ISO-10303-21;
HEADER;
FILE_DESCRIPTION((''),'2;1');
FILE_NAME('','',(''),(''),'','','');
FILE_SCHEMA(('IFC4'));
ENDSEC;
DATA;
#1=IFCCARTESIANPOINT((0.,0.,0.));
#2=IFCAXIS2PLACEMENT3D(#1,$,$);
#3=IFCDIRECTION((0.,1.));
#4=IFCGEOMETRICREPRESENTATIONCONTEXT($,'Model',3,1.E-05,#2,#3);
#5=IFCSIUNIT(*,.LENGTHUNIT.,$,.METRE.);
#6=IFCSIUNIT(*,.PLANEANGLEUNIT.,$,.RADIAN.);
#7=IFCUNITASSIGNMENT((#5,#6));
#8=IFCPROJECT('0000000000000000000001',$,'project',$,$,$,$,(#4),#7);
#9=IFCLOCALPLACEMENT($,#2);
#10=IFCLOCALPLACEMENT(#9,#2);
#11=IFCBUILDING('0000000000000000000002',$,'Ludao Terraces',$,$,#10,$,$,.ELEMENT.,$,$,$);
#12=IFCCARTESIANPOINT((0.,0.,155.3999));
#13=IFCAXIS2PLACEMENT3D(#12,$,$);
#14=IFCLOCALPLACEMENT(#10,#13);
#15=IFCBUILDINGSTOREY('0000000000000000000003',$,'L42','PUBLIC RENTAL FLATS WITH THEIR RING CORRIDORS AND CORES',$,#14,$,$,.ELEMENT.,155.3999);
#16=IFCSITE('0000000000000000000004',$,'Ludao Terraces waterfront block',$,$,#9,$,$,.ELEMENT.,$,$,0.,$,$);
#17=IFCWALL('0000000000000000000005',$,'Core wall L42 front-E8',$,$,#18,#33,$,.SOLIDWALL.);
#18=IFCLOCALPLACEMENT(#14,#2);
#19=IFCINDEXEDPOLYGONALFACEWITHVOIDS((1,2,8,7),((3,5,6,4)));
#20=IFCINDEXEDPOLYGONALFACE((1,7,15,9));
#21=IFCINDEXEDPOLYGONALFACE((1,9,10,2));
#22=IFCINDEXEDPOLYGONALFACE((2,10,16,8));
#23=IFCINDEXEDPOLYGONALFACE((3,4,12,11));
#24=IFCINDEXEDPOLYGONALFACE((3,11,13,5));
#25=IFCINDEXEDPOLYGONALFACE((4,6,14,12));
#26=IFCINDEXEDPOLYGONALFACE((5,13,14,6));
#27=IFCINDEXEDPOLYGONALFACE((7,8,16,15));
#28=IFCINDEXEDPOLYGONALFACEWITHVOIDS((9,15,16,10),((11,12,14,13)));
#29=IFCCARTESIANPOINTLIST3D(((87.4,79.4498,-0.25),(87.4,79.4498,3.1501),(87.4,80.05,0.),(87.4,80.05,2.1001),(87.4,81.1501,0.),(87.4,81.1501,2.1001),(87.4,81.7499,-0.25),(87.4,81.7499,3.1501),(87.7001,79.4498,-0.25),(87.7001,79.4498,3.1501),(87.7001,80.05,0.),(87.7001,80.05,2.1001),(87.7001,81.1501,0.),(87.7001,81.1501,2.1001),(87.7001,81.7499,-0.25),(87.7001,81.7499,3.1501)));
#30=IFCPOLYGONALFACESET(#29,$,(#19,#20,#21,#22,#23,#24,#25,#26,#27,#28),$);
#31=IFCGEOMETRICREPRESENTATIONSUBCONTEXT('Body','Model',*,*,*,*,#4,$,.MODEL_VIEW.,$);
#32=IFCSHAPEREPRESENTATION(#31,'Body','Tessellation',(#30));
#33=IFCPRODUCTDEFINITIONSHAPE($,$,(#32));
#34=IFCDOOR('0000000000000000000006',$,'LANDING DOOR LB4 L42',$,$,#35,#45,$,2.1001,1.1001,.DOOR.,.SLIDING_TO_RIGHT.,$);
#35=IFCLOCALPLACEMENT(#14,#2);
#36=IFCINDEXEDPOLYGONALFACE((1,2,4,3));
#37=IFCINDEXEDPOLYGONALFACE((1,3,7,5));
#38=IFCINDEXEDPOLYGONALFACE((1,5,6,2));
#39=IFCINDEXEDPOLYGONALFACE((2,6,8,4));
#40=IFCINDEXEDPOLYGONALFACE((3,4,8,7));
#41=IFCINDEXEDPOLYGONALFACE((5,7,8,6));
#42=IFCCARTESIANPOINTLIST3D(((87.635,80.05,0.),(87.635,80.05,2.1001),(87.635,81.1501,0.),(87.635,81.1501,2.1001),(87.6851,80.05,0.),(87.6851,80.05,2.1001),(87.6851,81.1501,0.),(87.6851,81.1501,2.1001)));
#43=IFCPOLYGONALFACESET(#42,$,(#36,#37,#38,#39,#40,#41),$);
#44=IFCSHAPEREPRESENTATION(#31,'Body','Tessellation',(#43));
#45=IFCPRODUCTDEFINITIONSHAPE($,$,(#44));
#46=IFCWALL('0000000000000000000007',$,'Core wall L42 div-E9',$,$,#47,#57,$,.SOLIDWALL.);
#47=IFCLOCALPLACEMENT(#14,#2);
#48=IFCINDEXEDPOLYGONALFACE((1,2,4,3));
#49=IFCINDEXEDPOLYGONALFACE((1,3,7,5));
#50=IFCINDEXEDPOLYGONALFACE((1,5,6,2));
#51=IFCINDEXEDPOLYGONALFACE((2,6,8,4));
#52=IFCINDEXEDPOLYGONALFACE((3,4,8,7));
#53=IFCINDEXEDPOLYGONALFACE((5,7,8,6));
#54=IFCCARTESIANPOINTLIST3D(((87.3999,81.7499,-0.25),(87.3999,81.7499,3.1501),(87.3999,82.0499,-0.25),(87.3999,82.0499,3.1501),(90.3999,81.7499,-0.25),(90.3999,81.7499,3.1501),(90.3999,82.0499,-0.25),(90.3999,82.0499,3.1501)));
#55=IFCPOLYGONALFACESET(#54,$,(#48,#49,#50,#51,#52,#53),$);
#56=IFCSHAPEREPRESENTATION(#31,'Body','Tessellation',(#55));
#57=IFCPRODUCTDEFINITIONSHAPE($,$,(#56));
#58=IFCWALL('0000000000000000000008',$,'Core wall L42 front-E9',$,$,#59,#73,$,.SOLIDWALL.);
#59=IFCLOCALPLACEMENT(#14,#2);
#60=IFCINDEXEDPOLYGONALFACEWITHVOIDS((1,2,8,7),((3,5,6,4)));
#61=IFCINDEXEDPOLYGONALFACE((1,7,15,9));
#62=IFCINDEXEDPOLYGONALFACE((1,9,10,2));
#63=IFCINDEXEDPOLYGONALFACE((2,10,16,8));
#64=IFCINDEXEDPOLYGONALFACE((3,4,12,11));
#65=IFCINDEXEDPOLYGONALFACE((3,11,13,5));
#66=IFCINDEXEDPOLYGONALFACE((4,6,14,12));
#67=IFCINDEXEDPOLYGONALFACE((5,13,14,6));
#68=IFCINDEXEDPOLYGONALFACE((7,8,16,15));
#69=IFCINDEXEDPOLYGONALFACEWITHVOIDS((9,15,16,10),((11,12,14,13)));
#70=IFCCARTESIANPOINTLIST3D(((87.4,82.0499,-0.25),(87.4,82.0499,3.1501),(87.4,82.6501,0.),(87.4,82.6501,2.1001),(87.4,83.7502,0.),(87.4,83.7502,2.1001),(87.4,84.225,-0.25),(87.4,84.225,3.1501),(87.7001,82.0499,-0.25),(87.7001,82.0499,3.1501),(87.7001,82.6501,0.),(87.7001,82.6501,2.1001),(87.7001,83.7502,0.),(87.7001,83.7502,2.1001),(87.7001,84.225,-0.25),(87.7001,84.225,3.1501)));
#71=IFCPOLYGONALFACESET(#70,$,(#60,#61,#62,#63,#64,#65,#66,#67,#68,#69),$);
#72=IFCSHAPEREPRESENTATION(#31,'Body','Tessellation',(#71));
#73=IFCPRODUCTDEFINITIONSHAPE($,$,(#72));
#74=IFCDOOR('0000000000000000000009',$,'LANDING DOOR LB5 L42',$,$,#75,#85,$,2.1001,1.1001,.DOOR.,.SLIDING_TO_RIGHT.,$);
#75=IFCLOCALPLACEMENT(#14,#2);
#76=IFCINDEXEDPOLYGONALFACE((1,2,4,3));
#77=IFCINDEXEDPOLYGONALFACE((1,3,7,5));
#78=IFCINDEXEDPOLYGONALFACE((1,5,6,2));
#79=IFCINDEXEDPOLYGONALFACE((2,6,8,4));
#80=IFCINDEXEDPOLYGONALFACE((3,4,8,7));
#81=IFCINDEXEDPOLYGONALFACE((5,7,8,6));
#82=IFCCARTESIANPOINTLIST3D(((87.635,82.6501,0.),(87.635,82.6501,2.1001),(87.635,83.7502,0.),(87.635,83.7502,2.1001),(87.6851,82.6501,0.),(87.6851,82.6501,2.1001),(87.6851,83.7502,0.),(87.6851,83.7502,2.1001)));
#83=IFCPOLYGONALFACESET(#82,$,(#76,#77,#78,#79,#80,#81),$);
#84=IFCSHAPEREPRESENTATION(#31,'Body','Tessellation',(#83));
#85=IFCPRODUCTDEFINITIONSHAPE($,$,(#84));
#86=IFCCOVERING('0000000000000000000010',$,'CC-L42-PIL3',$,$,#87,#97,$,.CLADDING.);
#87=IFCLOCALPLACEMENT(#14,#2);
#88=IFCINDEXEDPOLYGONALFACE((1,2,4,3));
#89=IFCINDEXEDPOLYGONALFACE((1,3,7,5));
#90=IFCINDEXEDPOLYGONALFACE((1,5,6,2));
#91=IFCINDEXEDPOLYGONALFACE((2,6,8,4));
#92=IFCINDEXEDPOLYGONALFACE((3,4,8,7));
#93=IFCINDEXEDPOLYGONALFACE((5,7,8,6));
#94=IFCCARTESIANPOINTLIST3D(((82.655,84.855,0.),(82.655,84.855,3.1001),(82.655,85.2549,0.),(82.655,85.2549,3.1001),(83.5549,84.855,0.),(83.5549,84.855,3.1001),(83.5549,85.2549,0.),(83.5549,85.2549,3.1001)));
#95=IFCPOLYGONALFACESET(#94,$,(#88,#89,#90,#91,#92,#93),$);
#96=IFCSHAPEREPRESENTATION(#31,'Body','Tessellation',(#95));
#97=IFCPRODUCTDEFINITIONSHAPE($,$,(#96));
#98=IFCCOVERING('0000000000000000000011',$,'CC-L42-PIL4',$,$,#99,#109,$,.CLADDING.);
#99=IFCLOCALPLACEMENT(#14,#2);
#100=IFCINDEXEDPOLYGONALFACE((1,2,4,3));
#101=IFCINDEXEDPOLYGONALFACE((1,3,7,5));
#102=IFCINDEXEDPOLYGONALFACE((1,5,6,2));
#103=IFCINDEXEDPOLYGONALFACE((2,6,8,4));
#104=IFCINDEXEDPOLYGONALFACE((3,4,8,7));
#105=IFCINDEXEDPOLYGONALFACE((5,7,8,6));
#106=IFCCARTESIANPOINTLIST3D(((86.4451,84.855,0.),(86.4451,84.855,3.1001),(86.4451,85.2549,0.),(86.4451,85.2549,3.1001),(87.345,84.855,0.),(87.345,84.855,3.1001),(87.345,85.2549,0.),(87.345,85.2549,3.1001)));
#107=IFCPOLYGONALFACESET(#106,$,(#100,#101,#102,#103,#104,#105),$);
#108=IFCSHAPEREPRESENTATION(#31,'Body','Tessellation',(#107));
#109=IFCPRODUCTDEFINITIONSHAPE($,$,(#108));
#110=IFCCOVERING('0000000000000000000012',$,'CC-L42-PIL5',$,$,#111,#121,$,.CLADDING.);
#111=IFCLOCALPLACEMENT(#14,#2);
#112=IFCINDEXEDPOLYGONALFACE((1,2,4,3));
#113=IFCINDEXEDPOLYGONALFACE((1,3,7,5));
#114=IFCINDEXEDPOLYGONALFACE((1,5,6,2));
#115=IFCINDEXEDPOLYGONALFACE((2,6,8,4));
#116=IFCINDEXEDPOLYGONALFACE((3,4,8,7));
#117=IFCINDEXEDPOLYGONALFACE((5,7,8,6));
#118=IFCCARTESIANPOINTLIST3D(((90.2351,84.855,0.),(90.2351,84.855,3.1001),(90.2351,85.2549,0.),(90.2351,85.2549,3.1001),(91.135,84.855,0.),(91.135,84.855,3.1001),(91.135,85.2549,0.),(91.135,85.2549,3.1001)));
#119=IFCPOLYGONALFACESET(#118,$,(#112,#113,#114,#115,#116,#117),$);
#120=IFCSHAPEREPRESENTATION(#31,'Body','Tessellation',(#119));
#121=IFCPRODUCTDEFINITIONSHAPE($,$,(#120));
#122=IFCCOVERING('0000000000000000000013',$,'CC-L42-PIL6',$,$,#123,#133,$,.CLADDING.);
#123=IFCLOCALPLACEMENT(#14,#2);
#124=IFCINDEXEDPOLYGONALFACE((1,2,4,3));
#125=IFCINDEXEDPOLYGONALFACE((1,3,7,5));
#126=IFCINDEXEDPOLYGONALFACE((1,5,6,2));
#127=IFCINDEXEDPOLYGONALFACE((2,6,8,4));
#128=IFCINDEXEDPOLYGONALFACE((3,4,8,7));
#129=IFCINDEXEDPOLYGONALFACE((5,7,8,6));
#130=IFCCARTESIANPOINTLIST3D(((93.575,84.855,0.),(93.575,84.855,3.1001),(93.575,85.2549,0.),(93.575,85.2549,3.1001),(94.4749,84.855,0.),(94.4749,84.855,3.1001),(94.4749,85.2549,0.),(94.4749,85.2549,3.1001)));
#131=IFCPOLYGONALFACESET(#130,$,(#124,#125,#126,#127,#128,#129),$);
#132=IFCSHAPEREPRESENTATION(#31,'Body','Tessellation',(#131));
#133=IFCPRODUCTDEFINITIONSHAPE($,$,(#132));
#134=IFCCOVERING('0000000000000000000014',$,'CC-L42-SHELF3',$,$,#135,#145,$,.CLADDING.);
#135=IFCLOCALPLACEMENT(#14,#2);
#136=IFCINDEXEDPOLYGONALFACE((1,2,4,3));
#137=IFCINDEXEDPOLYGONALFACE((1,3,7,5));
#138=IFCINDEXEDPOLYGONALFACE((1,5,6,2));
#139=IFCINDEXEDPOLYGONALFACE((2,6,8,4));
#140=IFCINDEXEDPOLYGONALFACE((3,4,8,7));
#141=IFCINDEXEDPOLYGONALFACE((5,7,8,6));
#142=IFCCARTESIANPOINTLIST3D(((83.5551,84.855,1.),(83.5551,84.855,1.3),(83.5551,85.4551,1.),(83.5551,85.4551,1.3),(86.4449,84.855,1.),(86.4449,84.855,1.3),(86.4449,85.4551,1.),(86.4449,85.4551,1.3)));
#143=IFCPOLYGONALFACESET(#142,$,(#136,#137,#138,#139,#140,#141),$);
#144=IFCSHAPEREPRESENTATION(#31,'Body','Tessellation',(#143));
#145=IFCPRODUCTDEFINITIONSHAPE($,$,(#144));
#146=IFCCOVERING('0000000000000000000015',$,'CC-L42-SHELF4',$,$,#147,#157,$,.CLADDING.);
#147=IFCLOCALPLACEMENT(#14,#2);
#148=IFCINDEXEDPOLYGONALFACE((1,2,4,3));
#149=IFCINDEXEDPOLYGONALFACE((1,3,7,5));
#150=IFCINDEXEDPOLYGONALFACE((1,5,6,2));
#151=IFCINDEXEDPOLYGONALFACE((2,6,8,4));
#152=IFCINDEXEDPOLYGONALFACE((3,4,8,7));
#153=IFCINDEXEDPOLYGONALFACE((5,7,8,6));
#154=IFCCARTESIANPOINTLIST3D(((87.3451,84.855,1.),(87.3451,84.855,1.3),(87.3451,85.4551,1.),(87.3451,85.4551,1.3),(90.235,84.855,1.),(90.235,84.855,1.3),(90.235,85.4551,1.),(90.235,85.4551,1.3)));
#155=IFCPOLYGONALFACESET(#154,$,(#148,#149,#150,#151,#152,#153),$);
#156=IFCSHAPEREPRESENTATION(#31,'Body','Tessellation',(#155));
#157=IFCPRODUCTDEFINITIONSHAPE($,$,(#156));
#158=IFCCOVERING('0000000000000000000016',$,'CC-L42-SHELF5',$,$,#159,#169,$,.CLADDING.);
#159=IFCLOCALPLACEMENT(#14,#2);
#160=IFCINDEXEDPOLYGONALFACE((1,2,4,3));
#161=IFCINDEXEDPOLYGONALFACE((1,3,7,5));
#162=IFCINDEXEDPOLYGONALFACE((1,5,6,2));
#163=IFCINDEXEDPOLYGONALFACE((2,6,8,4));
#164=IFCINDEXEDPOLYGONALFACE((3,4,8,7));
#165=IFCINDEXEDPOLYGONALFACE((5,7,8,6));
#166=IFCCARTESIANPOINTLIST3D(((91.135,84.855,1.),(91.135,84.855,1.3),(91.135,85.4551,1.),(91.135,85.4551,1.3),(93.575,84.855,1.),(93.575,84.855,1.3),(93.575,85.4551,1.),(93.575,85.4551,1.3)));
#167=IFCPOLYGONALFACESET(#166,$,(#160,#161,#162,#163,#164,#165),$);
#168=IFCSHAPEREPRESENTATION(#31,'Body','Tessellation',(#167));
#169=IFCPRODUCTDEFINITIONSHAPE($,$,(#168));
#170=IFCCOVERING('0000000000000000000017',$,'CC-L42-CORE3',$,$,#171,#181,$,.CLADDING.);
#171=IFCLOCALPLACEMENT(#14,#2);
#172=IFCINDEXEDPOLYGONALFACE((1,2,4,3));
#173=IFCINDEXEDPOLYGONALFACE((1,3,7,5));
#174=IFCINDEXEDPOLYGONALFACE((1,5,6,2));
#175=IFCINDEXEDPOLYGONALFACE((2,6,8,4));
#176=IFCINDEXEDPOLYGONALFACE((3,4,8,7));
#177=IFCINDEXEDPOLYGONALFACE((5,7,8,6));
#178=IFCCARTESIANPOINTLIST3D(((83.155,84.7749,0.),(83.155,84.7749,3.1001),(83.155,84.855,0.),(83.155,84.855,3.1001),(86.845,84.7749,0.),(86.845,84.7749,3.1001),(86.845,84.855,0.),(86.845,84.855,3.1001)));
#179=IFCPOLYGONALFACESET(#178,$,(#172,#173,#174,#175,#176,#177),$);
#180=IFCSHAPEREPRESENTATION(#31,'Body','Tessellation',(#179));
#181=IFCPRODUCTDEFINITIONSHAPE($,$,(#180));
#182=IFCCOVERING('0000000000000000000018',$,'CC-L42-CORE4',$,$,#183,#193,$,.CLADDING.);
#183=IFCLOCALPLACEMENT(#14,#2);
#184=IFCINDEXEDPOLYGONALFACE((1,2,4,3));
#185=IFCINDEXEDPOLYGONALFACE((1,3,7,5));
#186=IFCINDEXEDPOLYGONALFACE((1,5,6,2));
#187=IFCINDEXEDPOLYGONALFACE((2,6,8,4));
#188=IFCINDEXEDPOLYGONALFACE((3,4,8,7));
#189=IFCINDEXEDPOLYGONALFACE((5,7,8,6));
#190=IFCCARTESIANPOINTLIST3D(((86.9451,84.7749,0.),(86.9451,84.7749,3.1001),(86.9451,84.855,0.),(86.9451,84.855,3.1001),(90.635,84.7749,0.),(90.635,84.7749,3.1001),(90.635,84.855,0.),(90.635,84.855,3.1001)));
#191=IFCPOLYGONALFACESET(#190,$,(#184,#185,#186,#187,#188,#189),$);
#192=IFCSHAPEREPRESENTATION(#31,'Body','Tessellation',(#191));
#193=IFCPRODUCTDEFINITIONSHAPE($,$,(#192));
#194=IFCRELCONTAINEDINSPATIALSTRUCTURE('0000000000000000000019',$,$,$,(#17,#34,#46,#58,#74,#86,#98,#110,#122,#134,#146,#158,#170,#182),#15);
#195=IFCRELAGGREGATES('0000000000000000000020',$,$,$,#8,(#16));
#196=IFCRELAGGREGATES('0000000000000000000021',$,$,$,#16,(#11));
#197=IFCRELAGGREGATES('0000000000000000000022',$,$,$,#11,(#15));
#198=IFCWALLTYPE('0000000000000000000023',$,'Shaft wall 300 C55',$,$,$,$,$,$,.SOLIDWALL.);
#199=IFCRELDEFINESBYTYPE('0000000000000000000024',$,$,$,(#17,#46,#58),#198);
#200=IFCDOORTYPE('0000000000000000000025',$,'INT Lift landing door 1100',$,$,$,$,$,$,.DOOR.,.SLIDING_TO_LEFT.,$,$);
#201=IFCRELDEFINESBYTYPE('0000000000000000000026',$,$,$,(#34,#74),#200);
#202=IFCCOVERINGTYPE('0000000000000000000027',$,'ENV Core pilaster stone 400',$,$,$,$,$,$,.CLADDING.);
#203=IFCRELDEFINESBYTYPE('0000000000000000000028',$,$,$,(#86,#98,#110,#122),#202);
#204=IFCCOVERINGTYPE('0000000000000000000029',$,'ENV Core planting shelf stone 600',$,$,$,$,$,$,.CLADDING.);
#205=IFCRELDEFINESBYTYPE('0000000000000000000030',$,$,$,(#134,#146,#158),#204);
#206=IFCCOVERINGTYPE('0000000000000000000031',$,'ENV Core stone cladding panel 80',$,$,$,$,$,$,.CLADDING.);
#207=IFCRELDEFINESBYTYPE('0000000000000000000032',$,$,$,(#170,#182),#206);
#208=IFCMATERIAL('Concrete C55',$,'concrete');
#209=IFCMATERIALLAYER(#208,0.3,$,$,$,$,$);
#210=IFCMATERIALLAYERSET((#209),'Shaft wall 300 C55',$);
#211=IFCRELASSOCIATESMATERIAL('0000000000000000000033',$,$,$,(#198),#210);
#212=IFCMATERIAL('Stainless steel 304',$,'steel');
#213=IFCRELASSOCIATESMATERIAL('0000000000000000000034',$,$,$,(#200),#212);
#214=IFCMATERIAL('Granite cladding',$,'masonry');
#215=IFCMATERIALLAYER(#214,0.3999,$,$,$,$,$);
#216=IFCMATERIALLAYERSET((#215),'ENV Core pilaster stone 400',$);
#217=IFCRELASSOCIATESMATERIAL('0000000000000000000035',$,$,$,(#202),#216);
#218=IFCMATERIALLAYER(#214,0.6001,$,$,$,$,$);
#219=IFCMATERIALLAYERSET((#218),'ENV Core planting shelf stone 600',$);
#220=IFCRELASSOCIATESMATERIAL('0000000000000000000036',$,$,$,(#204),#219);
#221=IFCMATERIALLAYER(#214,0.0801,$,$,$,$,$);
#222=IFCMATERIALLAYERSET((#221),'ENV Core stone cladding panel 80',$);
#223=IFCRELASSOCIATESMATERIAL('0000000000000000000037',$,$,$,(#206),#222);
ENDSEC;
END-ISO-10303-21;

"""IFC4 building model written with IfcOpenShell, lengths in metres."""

from ifc_helpers import new_model, si_unit, direction, frame, frame_2d, origin, origin_2d, place, context, subcontext, project, spatial, rectangle, extrude, material, layer, layer_set, type_object, element, fill, save


model = new_model("IFC4")

# Units and contexts
model_context = context("Model", 3, precision=1e-05, world=origin(), true_north=direction((0.0, 1.0)))
body_context = subcontext(model_context, "Body", "Model", "MODEL_VIEW")
ifc_project = project(units=[si_unit("LENGTHUNIT", "METRE"), si_unit("PLANEANGLEUNIT", "RADIAN")], contexts=[model_context])

# Site, building, storey
site_placement = place(None, origin())
site = spatial("IfcSite", under=ifc_project, at=site_placement, Name="Ludao Terraces waterfront block", CompositionType="ELEMENT", RefElevation=0.0)
building_placement = place(site_placement, origin())
building = spatial("IfcBuilding", under=site, at=building_placement, Name="Ludao Terraces", CompositionType="ELEMENT")
storey_placement = place(building_placement, frame((0.0, 0.0, 155.3999)))
storey = spatial("IfcBuildingStorey", under=building, at=storey_placement, Name="L42", Description="PUBLIC RENTAL FLATS WITH THEIR RING CORRIDORS AND CORES", CompositionType="ELEMENT", Elevation=155.3999)

# Wall, opening, door
ifc_material_1 = material(Name="Concrete C55", Category="concrete")
ifc_layer_1 = layer(ifc_material_1, 0.3)
ifc_layer_set_1 = layer_set([ifc_layer_1], Name="Shaft wall 300 C55")
wall_type = type_object("IfcWallType", Name="Shaft wall 300 C55", PredefinedType="SOLIDWALL", material=ifc_layer_set_1)
wall_1_placement = place(storey_placement, frame((87.55, 79.45, -0.25), z_axis=(0.0, 0.0, 1.0), x_axis=(0.0, 1.0, 0.0)))
wall_1 = element("IfcWall", 1, at=wall_1_placement, inside=storey, type_object=wall_type, Name="Core wall L42 front-E8", PredefinedType="SOLIDWALL", context=body_context, shape_type="SweptSolid", body=[
    extrude(rectangle(XDim=2.3, YDim=0.3, at=frame_2d((1.1499, 0.0))), origin(), (0.0, 0.0, 1.0), 3.4001),
])
opening_1_placement = place(wall_1_placement, frame((0.6001, 0.0, 0.25)))
opening_1 = element("IfcOpeningElement", 2, at=opening_1_placement, cuts=wall_1, PredefinedType="OPENING", context=body_context, shape_type="SweptSolid", body=[
    extrude(rectangle(XDim=1.1001, YDim=2.1001, at=frame_2d((0.55, 1.05))), frame((0.0, 0.1602, 0.0), z_axis=(0.0, -1.0, 0.0), x_axis=(1.0, 0.0, 0.0)), (0.0, 0.0, 1.0), 0.3201),
])
ifc_material_2 = material(Name="Stainless steel 304", Category="steel")
door_type = type_object("IfcDoorType", Name="INT Lift landing door 1100", OperationType="SLIDING_TO_LEFT", PredefinedType="DOOR", material=ifc_material_2)
door_1_placement = place(opening_1_placement, origin())
door_1 = element("IfcDoor", 3, at=door_1_placement, inside=storey, type_object=door_type, Name="LANDING DOOR LB4 L42", OperationType="SLIDING_TO_RIGHT", OverallHeight=2.1001, OverallWidth=1.1001, PredefinedType="DOOR", context=body_context, shape_type="SweptSolid", body=[
    extrude(rectangle(XDim=1.1001, YDim=2.1001, at=frame_2d((0.55, 1.05))), frame((0.0, -0.085, 0.0), z_axis=(0.0, -1.0, 0.0), x_axis=(1.0, 0.0, 0.0)), (0.0, 0.0, 1.0), 0.05),
])
fill(opening_1, door_1)

# Wall
wall_2_placement = place(storey_placement, frame((87.3999, 81.8999, -0.25), z_axis=(0.0, 0.0, 1.0), x_axis=(1.0, 0.0, 0.0)))
element("IfcWall", 4, at=wall_2_placement, inside=storey, type_object=wall_type, Name="Core wall L42 div-E9", PredefinedType="SOLIDWALL", context=body_context, shape_type="SweptSolid", body=[
    extrude(rectangle(XDim=3.0, YDim=0.3, at=frame_2d((1.5, 0.0))), origin(), (0.0, 0.0, 1.0), 3.4001),
])

# Wall, opening, door
wall_3_placement = place(storey_placement, frame((87.55, 82.05, -0.25), z_axis=(0.0, 0.0, 1.0), x_axis=(0.0, 1.0, 0.0)))
wall_3 = element("IfcWall", 5, at=wall_3_placement, inside=storey, type_object=wall_type, Name="Core wall L42 front-E9", PredefinedType="SOLIDWALL", context=body_context, shape_type="SweptSolid", body=[
    extrude(rectangle(XDim=2.175, YDim=0.3, at=frame_2d((1.0874, 0.0))), origin(), (0.0, 0.0, 1.0), 3.4001),
])
opening_2_placement = place(wall_3_placement, frame((0.6001, 0.0, 0.25)))
opening_2 = element("IfcOpeningElement", 6, at=opening_2_placement, cuts=wall_3, PredefinedType="OPENING", context=body_context, shape_type="SweptSolid", body=[
    extrude(rectangle(XDim=1.1001, YDim=2.1001, at=frame_2d((0.55, 1.05))), frame((0.0, 0.1602, 0.0), z_axis=(0.0, -1.0, 0.0), x_axis=(1.0, 0.0, 0.0)), (0.0, 0.0, 1.0), 0.3201),
])
door_2_placement = place(opening_2_placement, origin())
door_2 = element("IfcDoor", 7, at=door_2_placement, inside=storey, type_object=door_type, Name="LANDING DOOR LB5 L42", OperationType="SLIDING_TO_RIGHT", OverallHeight=2.1001, OverallWidth=1.1001, PredefinedType="DOOR", context=body_context, shape_type="SweptSolid", body=[
    extrude(rectangle(XDim=1.1001, YDim=2.1001, at=frame_2d((0.55, 1.05))), frame((0.0, -0.085, 0.0), z_axis=(0.0, -1.0, 0.0), x_axis=(1.0, 0.0, 0.0)), (0.0, 0.0, 1.0), 0.05),
])
fill(opening_2, door_2)

# Coverings
ifc_material_3 = material(Name="Granite cladding", Category="masonry")
ifc_layer_2 = layer(ifc_material_3, 0.3999)
ifc_layer_set_2 = layer_set([ifc_layer_2], Name="ENV Core pilaster stone 400")
covering_type_1 = type_object("IfcCoveringType", Name="ENV Core pilaster stone 400", PredefinedType="CLADDING", material=ifc_layer_set_2)
for number, where, z_axis, x_axis, name in (
    (8, (83.105, 85.0549, 0.0), (0.0, 0.0, 1.0), (1.0, 0.0, 0.0), "CC-L42-PIL3"),
    (9, (86.895, 85.0549, 0.0), (0.0, 0.0, 1.0), (1.0, 0.0, 0.0), "CC-L42-PIL4"),
    (10, (90.6851, 85.0549, 0.0), (0.0, 0.0, 1.0), (1.0, 0.0, 0.0), "CC-L42-PIL5"),
    (11, (94.0249, 85.0549, 0.0), (0.0, 0.0, 1.0), (1.0, 0.0, 0.0), "CC-L42-PIL6"),
):
    element("IfcCovering", number, at=place(storey_placement, frame(where, z_axis=z_axis, x_axis=x_axis)), inside=storey, type_object=covering_type_1, Name=name, PredefinedType="CLADDING", context=body_context, shape_type="SweptSolid", body=[
        extrude(rectangle(XDim=0.8999, YDim=0.3999, at=origin_2d()), origin(), (0.0, 0.0, 1.0), 3.1001),
    ])
ifc_layer_3 = layer(ifc_material_3, 0.6001)
ifc_layer_set_3 = layer_set([ifc_layer_3], Name="ENV Core planting shelf stone 600")
covering_type_2 = type_object("IfcCoveringType", Name="ENV Core planting shelf stone 600", PredefinedType="CLADDING", material=ifc_layer_set_3)
for number, where, z_axis, x_axis, name in (
    (12, (85.0, 85.155, 1.0), (0.0, 0.0, 1.0), (1.0, 0.0, 0.0), "CC-L42-SHELF3"),
    (13, (88.79, 85.155, 1.0), (0.0, 0.0, 1.0), (1.0, 0.0, 0.0), "CC-L42-SHELF4"),
):
    element("IfcCovering", number, at=place(storey_placement, frame(where, z_axis=z_axis, x_axis=x_axis)), inside=storey, type_object=covering_type_2, Name=name, PredefinedType="CLADDING", context=body_context, shape_type="SweptSolid", body=[
        extrude(rectangle(XDim=2.8899, YDim=0.6001, at=origin_2d()), origin(), (0.0, 0.0, 1.0), 0.3),
    ])
covering_1_placement = place(storey_placement, frame((92.355, 85.155, 1.0), z_axis=(0.0, 0.0, 1.0), x_axis=(1.0, 0.0, 0.0)))
element("IfcCovering", 14, at=covering_1_placement, inside=storey, type_object=covering_type_2, Name="CC-L42-SHELF5", PredefinedType="CLADDING", context=body_context, shape_type="SweptSolid", body=[
    extrude(rectangle(XDim=2.4399, YDim=0.6001, at=origin_2d()), origin(), (0.0, 0.0, 1.0), 0.3),
])
ifc_layer_4 = layer(ifc_material_3, 0.0801)
ifc_layer_set_4 = layer_set([ifc_layer_4], Name="ENV Core stone cladding panel 80")
covering_type_3 = type_object("IfcCoveringType", Name="ENV Core stone cladding panel 80", PredefinedType="CLADDING", material=ifc_layer_set_4)
for number, where, z_axis, x_axis, name in (
    (15, (85.0, 84.8149, 0.0), (0.0, 0.0, 1.0), (1.0, 0.0, 0.0), "CC-L42-CORE3"),
    (16, (88.79, 84.8149, 0.0), (0.0, 0.0, 1.0), (1.0, 0.0, 0.0), "CC-L42-CORE4"),
):
    element("IfcCovering", number, at=place(storey_placement, frame(where, z_axis=z_axis, x_axis=x_axis)), inside=storey, type_object=covering_type_3, Name=name, PredefinedType="CLADDING", context=body_context, shape_type="SweptSolid", body=[
        extrude(rectangle(XDim=3.6899, YDim=0.0801, at=origin_2d()), origin(), (0.0, 0.0, 1.0), 3.1001),
    ])

save(model, "model.ifc")
